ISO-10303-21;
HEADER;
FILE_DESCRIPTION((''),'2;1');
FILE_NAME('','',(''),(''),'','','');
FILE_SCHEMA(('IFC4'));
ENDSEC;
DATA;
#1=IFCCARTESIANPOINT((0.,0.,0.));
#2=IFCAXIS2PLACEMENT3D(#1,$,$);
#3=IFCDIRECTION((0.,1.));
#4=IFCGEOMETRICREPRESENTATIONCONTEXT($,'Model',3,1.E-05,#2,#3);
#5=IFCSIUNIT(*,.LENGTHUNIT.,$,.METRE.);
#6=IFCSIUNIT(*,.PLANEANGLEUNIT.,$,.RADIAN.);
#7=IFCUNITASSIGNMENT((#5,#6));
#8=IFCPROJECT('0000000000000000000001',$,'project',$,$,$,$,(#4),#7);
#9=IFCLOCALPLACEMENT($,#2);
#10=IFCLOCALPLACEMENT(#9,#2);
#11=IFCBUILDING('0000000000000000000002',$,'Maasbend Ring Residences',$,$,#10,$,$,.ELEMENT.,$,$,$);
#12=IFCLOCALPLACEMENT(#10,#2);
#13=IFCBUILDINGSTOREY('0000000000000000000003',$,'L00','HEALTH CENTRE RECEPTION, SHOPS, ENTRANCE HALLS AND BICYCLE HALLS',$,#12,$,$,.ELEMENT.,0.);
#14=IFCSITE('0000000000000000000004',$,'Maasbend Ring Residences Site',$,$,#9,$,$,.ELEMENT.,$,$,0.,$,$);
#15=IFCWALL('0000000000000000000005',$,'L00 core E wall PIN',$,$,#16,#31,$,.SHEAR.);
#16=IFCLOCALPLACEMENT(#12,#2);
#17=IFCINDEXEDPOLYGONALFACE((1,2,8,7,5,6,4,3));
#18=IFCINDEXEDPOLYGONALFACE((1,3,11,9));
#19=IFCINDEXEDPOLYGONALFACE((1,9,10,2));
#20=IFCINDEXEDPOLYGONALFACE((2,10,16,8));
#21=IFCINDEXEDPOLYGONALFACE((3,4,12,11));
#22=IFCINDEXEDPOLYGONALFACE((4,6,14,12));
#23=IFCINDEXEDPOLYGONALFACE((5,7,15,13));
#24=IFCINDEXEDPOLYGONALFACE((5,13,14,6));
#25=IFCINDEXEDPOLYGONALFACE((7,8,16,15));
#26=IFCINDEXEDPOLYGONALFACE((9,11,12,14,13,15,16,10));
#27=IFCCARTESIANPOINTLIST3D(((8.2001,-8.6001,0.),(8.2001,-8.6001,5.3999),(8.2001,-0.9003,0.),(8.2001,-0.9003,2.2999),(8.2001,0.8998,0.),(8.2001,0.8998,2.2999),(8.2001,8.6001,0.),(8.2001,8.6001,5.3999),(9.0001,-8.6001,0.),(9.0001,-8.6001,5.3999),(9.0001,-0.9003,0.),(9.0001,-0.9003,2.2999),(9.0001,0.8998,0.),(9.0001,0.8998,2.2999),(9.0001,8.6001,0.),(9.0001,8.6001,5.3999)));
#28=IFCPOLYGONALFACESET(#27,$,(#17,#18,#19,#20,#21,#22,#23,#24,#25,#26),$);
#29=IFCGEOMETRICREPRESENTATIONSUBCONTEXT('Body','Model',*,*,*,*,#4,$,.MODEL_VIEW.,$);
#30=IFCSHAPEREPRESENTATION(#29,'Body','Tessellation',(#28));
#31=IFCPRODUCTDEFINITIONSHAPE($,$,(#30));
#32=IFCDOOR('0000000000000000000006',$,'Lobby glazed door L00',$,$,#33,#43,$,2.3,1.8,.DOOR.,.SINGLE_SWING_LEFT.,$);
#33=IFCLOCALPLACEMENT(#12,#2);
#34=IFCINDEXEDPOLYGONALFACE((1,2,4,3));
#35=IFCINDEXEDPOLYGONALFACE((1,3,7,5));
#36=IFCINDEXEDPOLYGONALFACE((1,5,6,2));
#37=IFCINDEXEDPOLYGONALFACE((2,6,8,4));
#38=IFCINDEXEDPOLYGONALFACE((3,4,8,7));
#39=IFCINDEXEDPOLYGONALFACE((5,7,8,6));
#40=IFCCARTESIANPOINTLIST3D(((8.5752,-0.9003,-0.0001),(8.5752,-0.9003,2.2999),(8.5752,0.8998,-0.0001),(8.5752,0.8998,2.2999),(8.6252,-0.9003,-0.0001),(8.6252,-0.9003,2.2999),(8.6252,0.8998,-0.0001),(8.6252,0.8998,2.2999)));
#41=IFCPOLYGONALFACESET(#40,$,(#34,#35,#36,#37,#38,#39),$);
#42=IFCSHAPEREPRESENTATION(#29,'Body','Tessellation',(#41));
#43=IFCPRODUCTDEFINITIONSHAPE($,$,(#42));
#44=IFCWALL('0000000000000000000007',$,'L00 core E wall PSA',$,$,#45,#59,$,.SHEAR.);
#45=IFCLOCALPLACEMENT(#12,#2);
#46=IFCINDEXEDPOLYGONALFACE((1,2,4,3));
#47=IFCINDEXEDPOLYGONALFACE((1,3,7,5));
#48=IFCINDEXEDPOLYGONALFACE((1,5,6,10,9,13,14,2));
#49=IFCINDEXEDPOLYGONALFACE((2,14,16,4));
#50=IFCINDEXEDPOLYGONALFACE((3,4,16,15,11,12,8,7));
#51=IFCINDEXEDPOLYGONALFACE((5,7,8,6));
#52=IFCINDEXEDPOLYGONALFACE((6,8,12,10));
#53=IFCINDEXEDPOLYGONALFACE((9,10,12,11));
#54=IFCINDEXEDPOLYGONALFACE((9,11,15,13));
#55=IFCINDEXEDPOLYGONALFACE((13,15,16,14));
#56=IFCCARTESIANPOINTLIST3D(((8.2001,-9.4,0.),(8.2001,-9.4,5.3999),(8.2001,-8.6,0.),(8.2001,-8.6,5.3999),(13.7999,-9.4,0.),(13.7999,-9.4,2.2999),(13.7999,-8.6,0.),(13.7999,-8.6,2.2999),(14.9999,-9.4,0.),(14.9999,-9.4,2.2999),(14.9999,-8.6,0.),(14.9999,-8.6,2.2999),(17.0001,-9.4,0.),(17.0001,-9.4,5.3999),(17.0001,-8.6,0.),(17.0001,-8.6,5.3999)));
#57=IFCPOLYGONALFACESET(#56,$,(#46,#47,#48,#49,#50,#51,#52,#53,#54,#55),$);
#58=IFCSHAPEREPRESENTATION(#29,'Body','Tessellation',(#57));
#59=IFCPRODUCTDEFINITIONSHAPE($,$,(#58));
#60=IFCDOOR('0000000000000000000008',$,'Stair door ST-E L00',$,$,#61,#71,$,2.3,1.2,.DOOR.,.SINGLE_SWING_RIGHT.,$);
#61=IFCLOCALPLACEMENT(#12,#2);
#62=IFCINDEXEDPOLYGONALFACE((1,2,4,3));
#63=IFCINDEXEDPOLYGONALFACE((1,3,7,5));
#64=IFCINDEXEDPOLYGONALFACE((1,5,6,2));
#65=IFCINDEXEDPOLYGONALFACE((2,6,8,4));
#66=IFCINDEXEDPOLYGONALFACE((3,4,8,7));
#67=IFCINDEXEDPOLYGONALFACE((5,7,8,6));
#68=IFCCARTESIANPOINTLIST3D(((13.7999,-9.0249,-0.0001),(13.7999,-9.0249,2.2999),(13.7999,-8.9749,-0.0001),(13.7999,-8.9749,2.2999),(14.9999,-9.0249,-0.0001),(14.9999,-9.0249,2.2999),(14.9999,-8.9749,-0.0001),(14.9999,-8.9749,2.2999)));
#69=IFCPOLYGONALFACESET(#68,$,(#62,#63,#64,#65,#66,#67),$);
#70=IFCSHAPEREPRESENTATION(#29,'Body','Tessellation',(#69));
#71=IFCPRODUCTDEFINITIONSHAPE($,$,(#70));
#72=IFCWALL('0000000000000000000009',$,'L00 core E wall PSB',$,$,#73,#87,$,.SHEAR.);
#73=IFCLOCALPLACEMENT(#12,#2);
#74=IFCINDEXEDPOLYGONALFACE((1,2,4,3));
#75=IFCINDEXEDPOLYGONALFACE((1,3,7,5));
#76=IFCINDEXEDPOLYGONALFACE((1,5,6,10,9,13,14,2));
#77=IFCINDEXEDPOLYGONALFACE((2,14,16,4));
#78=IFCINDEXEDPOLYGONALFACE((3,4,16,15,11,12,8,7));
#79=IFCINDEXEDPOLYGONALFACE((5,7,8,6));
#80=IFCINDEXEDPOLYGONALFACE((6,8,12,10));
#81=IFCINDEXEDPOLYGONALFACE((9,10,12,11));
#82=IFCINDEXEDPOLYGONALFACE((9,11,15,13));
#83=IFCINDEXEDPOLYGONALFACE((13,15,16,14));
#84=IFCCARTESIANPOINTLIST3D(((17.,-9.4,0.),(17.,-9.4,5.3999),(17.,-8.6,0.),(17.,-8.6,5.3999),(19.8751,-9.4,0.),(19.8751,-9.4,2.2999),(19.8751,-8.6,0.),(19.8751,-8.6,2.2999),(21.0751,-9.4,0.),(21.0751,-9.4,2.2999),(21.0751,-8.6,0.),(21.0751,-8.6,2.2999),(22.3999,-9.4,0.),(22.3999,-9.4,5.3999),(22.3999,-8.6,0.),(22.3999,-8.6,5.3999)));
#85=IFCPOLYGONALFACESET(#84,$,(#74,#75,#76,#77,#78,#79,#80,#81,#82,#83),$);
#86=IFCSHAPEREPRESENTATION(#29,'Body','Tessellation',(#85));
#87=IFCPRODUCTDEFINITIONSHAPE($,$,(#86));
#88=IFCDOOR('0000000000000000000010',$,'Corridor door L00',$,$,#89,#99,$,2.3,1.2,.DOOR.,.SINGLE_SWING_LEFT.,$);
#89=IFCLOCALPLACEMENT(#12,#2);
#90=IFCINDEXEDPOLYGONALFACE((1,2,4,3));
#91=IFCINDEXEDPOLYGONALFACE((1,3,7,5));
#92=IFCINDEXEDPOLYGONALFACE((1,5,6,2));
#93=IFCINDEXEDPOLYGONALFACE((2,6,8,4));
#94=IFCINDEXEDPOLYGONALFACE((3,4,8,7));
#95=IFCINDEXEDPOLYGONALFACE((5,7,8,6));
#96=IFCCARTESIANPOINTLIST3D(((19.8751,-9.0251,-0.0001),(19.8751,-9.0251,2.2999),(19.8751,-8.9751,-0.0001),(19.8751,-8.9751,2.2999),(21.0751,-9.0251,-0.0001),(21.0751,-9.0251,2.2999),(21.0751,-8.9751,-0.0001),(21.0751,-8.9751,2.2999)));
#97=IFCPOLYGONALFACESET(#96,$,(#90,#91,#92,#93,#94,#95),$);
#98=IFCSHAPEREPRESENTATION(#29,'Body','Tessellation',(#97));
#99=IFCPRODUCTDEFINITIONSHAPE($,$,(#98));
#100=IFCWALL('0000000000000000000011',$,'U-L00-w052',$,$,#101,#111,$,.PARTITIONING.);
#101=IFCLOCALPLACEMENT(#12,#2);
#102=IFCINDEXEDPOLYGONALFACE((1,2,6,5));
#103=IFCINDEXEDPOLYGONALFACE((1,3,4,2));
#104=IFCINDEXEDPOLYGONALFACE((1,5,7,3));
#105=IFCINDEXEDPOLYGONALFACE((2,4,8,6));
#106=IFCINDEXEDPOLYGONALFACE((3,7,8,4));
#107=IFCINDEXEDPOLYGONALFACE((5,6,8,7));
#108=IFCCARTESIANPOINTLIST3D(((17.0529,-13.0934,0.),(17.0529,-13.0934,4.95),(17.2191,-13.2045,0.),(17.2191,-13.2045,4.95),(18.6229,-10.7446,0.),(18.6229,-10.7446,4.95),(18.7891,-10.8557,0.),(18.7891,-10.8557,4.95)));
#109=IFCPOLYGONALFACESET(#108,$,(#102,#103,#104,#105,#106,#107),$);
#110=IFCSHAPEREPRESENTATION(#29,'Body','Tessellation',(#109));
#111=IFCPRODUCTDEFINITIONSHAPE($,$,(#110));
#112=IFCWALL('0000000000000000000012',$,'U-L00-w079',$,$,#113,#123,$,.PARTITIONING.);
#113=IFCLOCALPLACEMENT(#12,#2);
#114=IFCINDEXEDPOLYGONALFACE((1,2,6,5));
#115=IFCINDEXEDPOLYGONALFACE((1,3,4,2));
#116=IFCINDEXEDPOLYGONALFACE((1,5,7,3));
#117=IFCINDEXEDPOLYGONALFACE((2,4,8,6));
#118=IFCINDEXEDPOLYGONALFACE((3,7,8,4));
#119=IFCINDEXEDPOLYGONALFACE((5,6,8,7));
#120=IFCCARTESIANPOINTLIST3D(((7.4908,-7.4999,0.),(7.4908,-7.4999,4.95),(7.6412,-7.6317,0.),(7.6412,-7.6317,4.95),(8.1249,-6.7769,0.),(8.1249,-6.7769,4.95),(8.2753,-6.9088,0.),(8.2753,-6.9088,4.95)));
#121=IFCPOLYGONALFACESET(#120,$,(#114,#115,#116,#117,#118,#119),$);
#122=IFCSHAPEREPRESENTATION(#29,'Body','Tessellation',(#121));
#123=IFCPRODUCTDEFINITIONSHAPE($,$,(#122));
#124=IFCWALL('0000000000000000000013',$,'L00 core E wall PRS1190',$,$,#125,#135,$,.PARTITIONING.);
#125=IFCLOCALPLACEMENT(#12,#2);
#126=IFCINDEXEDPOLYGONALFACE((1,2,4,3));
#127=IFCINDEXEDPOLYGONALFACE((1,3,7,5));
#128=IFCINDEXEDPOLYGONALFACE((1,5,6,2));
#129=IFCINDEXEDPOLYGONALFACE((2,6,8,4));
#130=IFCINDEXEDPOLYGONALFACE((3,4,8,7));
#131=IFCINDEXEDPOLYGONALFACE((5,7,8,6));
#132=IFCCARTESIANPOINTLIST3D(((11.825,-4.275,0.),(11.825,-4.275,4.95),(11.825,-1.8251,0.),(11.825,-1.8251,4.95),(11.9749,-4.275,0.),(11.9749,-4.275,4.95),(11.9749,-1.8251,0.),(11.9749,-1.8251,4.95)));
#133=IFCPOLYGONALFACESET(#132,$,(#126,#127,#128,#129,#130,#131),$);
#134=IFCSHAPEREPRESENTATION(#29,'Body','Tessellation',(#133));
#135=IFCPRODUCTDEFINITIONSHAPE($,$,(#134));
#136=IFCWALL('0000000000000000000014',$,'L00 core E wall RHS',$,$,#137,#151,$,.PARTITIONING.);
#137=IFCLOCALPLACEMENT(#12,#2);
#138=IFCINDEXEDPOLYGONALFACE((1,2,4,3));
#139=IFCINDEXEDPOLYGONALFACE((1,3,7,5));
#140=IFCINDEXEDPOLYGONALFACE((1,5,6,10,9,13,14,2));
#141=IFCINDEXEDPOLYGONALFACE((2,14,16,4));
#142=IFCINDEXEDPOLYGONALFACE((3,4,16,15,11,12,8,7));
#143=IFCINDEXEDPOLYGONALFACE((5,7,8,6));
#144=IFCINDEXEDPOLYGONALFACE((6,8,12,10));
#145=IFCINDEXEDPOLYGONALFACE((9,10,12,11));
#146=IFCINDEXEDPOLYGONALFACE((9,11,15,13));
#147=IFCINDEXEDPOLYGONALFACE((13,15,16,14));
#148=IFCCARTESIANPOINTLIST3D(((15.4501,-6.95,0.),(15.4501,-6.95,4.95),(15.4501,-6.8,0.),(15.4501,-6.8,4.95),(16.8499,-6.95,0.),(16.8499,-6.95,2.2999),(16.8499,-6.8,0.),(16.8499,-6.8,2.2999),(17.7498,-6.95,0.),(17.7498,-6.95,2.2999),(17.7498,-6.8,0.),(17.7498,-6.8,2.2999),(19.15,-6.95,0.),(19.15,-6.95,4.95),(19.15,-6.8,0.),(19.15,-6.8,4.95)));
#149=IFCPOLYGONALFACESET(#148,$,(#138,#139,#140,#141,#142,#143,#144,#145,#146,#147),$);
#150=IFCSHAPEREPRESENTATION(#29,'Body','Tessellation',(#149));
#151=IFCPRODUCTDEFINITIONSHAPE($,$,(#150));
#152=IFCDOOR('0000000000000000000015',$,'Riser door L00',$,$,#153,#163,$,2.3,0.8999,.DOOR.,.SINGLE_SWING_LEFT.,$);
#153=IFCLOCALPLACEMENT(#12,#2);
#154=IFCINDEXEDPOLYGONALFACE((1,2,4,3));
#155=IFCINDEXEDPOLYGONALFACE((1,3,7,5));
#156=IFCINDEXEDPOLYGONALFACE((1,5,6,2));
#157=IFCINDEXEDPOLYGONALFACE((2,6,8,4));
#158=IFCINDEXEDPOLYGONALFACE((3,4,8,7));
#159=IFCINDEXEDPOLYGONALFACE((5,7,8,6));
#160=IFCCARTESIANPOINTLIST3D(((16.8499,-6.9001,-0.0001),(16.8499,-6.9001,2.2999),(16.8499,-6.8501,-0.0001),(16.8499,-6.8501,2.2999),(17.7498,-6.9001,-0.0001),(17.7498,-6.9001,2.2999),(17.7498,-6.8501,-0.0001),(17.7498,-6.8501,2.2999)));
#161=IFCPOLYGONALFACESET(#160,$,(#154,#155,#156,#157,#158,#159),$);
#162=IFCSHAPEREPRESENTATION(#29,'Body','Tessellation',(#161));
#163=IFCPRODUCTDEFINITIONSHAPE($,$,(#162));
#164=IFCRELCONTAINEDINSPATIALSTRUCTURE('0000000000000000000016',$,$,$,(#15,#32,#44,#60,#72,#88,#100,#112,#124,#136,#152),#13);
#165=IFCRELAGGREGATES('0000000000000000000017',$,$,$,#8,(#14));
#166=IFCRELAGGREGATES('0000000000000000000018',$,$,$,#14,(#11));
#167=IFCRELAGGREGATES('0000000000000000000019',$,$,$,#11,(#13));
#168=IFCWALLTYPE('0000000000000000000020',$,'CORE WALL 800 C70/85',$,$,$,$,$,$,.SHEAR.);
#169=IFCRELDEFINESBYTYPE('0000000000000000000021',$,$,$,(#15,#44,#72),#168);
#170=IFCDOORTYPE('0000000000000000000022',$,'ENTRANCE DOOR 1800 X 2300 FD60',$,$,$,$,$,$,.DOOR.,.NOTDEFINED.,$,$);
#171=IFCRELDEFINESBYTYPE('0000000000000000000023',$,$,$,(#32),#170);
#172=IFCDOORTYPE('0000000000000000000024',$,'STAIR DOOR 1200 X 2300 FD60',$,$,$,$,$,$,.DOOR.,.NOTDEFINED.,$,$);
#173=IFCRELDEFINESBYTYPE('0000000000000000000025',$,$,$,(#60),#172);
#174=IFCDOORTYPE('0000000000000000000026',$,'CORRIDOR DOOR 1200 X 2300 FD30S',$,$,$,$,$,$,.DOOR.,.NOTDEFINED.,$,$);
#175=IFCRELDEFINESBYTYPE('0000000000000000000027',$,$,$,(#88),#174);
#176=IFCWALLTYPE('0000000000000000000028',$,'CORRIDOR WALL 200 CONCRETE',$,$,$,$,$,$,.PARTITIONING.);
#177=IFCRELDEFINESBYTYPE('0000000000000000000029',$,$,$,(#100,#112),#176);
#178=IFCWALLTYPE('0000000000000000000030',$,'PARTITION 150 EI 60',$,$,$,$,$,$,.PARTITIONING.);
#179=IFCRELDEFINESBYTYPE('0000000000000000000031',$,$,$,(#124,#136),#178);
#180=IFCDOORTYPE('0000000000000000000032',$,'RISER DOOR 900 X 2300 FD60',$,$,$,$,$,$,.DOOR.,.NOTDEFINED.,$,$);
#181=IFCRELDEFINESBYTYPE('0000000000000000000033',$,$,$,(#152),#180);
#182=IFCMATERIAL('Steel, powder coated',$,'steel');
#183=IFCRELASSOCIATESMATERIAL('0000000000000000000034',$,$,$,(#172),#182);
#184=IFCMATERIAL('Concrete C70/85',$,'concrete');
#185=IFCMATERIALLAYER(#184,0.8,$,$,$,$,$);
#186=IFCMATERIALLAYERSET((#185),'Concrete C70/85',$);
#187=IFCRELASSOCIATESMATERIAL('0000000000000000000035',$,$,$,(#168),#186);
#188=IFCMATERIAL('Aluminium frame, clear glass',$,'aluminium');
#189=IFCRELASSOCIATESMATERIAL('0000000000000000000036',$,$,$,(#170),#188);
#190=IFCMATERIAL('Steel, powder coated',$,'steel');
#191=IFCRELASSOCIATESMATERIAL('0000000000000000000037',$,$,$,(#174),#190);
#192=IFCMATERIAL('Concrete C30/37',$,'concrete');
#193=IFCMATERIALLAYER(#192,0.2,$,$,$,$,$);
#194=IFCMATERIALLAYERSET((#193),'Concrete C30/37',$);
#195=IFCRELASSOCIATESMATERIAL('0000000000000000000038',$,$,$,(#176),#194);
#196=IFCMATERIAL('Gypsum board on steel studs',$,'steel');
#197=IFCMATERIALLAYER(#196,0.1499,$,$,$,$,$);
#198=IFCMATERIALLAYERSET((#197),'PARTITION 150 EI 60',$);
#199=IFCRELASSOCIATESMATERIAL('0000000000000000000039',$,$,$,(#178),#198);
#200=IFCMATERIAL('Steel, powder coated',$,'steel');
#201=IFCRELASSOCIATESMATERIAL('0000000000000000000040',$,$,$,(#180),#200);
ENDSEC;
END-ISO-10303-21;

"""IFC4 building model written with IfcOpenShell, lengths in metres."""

from ifc_helpers import new_model, si_unit, direction, frame, frame_2d, origin, place, context, subcontext, project, spatial, rectangle, extrude, material, layer, layer_set, type_object, element, fill, save


model = new_model("IFC4")

# Units and contexts
model_context = context("Model", 3, precision=1e-05, world=origin(), true_north=direction((0.0, 1.0)))
body_context = subcontext(model_context, "Body", "Model", "MODEL_VIEW")
ifc_project = project(units=[si_unit("LENGTHUNIT", "METRE"), si_unit("PLANEANGLEUNIT", "RADIAN")], contexts=[model_context])

# Site, building, storey
site_placement = place(None, origin())
site = spatial("IfcSite", under=ifc_project, at=site_placement, Name="Maasbend Ring Residences Site", CompositionType="ELEMENT", RefElevation=0.0)
building_placement = place(site_placement, origin())
building = spatial("IfcBuilding", under=site, at=building_placement, Name="Maasbend Ring Residences", CompositionType="ELEMENT")
storey_placement = place(building_placement, origin())
storey = spatial("IfcBuildingStorey", under=building, at=storey_placement, Name="L00", Description="HEALTH CENTRE RECEPTION, SHOPS, ENTRANCE HALLS AND BICYCLE HALLS", CompositionType="ELEMENT", Elevation=0.0)

# Shared definitions
ifc_material_1 = material(Name="Steel, powder coated", Category="steel")
door_type_1 = type_object("IfcDoorType", Name="STAIR DOOR 1200 X 2300 FD60", OperationType="NOTDEFINED", PredefinedType="DOOR", material=ifc_material_1)

# Walls, openings, doors
ifc_material_2 = material(Name="Concrete C70/85", Category="concrete")
ifc_layer_1 = layer(ifc_material_2, 0.8)
ifc_layer_set_1 = layer_set([ifc_layer_1], Name="Concrete C70/85")
wall_type_1 = type_object("IfcWallType", Name="CORE WALL 800 C70/85", PredefinedType="SHEAR", material=ifc_layer_set_1)
wall_1_placement = place(storey_placement, frame((8.6001, -8.6001, 0.0), z_axis=(0.0, 0.0, 1.0), x_axis=(0.0, 1.0, 0.0)))
wall_1 = element("IfcWall", 1, at=wall_1_placement, inside=storey, type_object=wall_type_1, Name="L00 core E wall PIN", PredefinedType="SHEAR", context=body_context, shape_type="SweptSolid", body=[
    extrude(rectangle(XDim=17.2002, YDim=0.8, at=frame_2d((8.6001, 0.0))), origin(), (0.0, 0.0, 1.0), 5.3999),
])
opening_1_placement = place(wall_1_placement, frame((7.7, 0.0, 0.0)))
opening_1 = element("IfcOpeningElement", 2, at=opening_1_placement, cuts=wall_1, PredefinedType="OPENING", context=body_context, shape_type="SweptSolid", body=[
    extrude(rectangle(XDim=1.8, YDim=2.3, at=frame_2d((0.8999, 1.1499))), frame((0.0, 0.4102, 0.0), z_axis=(0.0, -1.0, 0.0), x_axis=(1.0, 0.0, 0.0)), (0.0, 0.0, 1.0), 0.8201),
])
ifc_material_3 = material(Name="Aluminium frame, clear glass", Category="aluminium")
door_type_2 = type_object("IfcDoorType", Name="ENTRANCE DOOR 1800 X 2300 FD60", OperationType="NOTDEFINED", PredefinedType="DOOR", material=ifc_material_3)
door_1_placement = place(opening_1_placement, origin())
door_1 = element("IfcDoor", 3, at=door_1_placement, inside=storey, type_object=door_type_2, Name="Lobby glazed door L00", OperationType="SINGLE_SWING_LEFT", OverallHeight=2.3, OverallWidth=1.8, PredefinedType="DOOR", context=body_context, shape_type="SweptSolid", body=[
    extrude(rectangle(XDim=1.8, YDim=2.3, at=frame_2d((0.8999, 1.1499))), frame((0.0, 0.0249, 0.0), z_axis=(0.0, -1.0, 0.0), x_axis=(1.0, 0.0, 0.0)), (0.0, 0.0, 1.0), 0.05),
])
fill(opening_1, door_1)
wall_2_placement = place(storey_placement, frame((17.0, -9.0, 0.0), z_axis=(0.0, 0.0, 1.0), x_axis=(-1.0, 0.0, 0.0)))
wall_2 = element("IfcWall", 4, at=wall_2_placement, inside=storey, type_object=wall_type_1, Name="L00 core E wall PSA", PredefinedType="SHEAR", context=body_context, shape_type="SweptSolid", body=[
    extrude(rectangle(XDim=8.8, YDim=0.8, at=frame_2d((4.3999, 0.0))), origin(), (0.0, 0.0, 1.0), 5.3999),
])
opening_2_placement = place(wall_2_placement, frame((2.0, 0.0, 0.0)))
opening_2 = element("IfcOpeningElement", 5, at=opening_2_placement, cuts=wall_2, PredefinedType="OPENING", context=body_context, shape_type="SweptSolid", body=[
    extrude(rectangle(XDim=1.2, YDim=2.3, at=frame_2d((0.6001, 1.1499))), frame((0.0, 0.4102, 0.0), z_axis=(0.0, -1.0, 0.0), x_axis=(1.0, 0.0, 0.0)), (0.0, 0.0, 1.0), 0.8201),
])
door_2_placement = place(opening_2_placement, origin())
door_2 = element("IfcDoor", 6, at=door_2_placement, inside=storey, type_object=door_type_1, Name="Stair door ST-E L00", OperationType="SINGLE_SWING_RIGHT", OverallHeight=2.3, OverallWidth=1.2, PredefinedType="DOOR", context=body_context, shape_type="SweptSolid", body=[
    extrude(rectangle(XDim=1.2, YDim=2.3, at=frame_2d((0.6001, 1.1499))), frame((0.0, 0.0249, 0.0), z_axis=(0.0, -1.0, 0.0), x_axis=(1.0, 0.0, 0.0)), (0.0, 0.0, 1.0), 0.05),
])
fill(opening_2, door_2)
wall_3_placement = place(storey_placement, frame((17.0, -9.0, 0.0), z_axis=(0.0, 0.0, 1.0), x_axis=(1.0, 0.0, 0.0)))
wall_3 = element("IfcWall", 7, at=wall_3_placement, inside=storey, type_object=wall_type_1, Name="L00 core E wall PSB", PredefinedType="SHEAR", context=body_context, shape_type="SweptSolid", body=[
    extrude(rectangle(XDim=5.3999, YDim=0.8, at=frame_2d((2.7, 0.0))), origin(), (0.0, 0.0, 1.0), 5.3999),
])
opening_3_placement = place(wall_3_placement, frame((2.875, 0.0, 0.0)))
opening_3 = element("IfcOpeningElement", 8, at=opening_3_placement, cuts=wall_3, PredefinedType="OPENING", context=body_context, shape_type="SweptSolid", body=[
    extrude(rectangle(XDim=1.2, YDim=2.3, at=frame_2d((0.6001, 1.1499))), frame((0.0, 0.4102, 0.0), z_axis=(0.0, -1.0, 0.0), x_axis=(1.0, 0.0, 0.0)), (0.0, 0.0, 1.0), 0.8201),
])
ifc_material_4 = material(Name="Steel, powder coated", Category="steel")
door_type_3 = type_object("IfcDoorType", Name="CORRIDOR DOOR 1200 X 2300 FD30S", OperationType="NOTDEFINED", PredefinedType="DOOR", material=ifc_material_4)
door_3_placement = place(opening_3_placement, origin())
door_3 = element("IfcDoor", 9, at=door_3_placement, inside=storey, type_object=door_type_3, Name="Corridor door L00", OperationType="SINGLE_SWING_LEFT", OverallHeight=2.3, OverallWidth=1.2, PredefinedType="DOOR", context=body_context, shape_type="SweptSolid", body=[
    extrude(rectangle(XDim=1.2, YDim=2.3, at=frame_2d((0.6001, 1.1499))), frame((0.0, 0.0249, 0.0), z_axis=(0.0, -1.0, 0.0), x_axis=(1.0, 0.0, 0.0)), (0.0, 0.0, 1.0), 0.05),
])
fill(opening_3, door_3)

# Walls
ifc_material_5 = material(Name="Concrete C30/37", Category="concrete")
ifc_layer_2 = layer(ifc_material_5, 0.2)
ifc_layer_set_2 = layer_set([ifc_layer_2], Name="Concrete C30/37")
wall_type_2 = type_object("IfcWallType", Name="CORRIDOR WALL 200 CONCRETE", PredefinedType="PARTITIONING", material=ifc_layer_set_2)
wall_4_placement = place(storey_placement, frame((17.136, -13.1489, 0.0), z_axis=(0.0, 0.0, 1.0), x_axis=(0.555717, 0.831372, 0.0)))
element("IfcWall", 10, at=wall_4_placement, inside=storey, type_object=wall_type_2, Name="U-L00-w052", PredefinedType="PARTITIONING", context=body_context, shape_type="SweptSolid", body=[
    extrude(rectangle(XDim=2.8252, YDim=0.2, at=frame_2d((1.4126, 0.0))), origin(), (0.0, 0.0, 1.0), 4.95),
])
wall_5_placement = place(storey_placement, frame((7.5659, -7.5659, 0.0), z_axis=(0.0, 0.0, 1.0), x_axis=(0.659385, 0.751805, 0.0)))
element("IfcWall", 11, at=wall_5_placement, inside=storey, type_object=wall_type_2, Name="U-L00-w079", PredefinedType="PARTITIONING", context=body_context, shape_type="SweptSolid", body=[
    extrude(rectangle(XDim=0.9617, YDim=0.2, at=frame_2d((0.481, 0.0))), origin(), (0.0, 0.0, 1.0), 4.95),
])
ifc_material_6 = material(Name="Gypsum board on steel studs", Category="steel")
ifc_layer_3 = layer(ifc_material_6, 0.1499)
ifc_layer_set_3 = layer_set([ifc_layer_3], Name="PARTITION 150 EI 60")
wall_type_3 = type_object("IfcWallType", Name="PARTITION 150 EI 60", PredefinedType="PARTITIONING", material=ifc_layer_set_3)
wall_6_placement = place(storey_placement, frame((11.8999, -1.825, 0.0), z_axis=(0.0, 0.0, 1.0), x_axis=(0.0, -1.0, 0.0)))
element("IfcWall", 12, at=wall_6_placement, inside=storey, type_object=wall_type_3, Name="L00 core E wall PRS1190", PredefinedType="PARTITIONING", context=body_context, shape_type="SweptSolid", body=[
    extrude(rectangle(XDim=2.45, YDim=0.1499, at=frame_2d((1.2251, 0.0))), origin(), (0.0, 0.0, 1.0), 4.95),
])

# Wall, opening, door
wall_7_placement = place(storey_placement, frame((15.45, -6.875, 0.0), z_axis=(0.0, 0.0, 1.0), x_axis=(1.0, 0.0, 0.0)))
wall_7 = element("IfcWall", 13, at=wall_7_placement, inside=storey, type_object=wall_type_3, Name="L00 core E wall RHS", PredefinedType="PARTITIONING", context=body_context, shape_type="SweptSolid", body=[
    extrude(rectangle(XDim=3.7, YDim=0.1499, at=frame_2d((1.8501, 0.0))), origin(), (0.0, 0.0, 1.0), 4.95),
])
opening_4_placement = place(wall_7_placement, frame((1.3999, 0.0, 0.0)))
opening_4 = element("IfcOpeningElement", 14, at=opening_4_placement, cuts=wall_7, PredefinedType="OPENING", context=body_context, shape_type="SweptSolid", body=[
    extrude(rectangle(XDim=0.8999, YDim=2.3, at=frame_2d((0.45, 1.1499))), frame((0.0, 0.085, 0.0), z_axis=(0.0, -1.0, 0.0), x_axis=(1.0, 0.0, 0.0)), (0.0, 0.0, 1.0), 0.1699),
])
ifc_material_7 = material(Name="Steel, powder coated", Category="steel")
door_type_4 = type_object("IfcDoorType", Name="RISER DOOR 900 X 2300 FD60", OperationType="NOTDEFINED", PredefinedType="DOOR", material=ifc_material_7)
door_4_placement = place(opening_4_placement, origin())
door_4 = element("IfcDoor", 15, at=door_4_placement, inside=storey, type_object=door_type_4, Name="Riser door L00", OperationType="SINGLE_SWING_LEFT", OverallHeight=2.3, OverallWidth=0.8999, PredefinedType="DOOR", context=body_context, shape_type="SweptSolid", body=[
    extrude(rectangle(XDim=0.8999, YDim=2.3, at=frame_2d((0.45, 1.1499))), frame((0.0, 0.0249, 0.0), z_axis=(0.0, -1.0, 0.0), x_axis=(1.0, 0.0, 0.0)), (0.0, 0.0, 1.0), 0.05),
])
fill(opening_4, door_4)

save(model, "model.ifc")
